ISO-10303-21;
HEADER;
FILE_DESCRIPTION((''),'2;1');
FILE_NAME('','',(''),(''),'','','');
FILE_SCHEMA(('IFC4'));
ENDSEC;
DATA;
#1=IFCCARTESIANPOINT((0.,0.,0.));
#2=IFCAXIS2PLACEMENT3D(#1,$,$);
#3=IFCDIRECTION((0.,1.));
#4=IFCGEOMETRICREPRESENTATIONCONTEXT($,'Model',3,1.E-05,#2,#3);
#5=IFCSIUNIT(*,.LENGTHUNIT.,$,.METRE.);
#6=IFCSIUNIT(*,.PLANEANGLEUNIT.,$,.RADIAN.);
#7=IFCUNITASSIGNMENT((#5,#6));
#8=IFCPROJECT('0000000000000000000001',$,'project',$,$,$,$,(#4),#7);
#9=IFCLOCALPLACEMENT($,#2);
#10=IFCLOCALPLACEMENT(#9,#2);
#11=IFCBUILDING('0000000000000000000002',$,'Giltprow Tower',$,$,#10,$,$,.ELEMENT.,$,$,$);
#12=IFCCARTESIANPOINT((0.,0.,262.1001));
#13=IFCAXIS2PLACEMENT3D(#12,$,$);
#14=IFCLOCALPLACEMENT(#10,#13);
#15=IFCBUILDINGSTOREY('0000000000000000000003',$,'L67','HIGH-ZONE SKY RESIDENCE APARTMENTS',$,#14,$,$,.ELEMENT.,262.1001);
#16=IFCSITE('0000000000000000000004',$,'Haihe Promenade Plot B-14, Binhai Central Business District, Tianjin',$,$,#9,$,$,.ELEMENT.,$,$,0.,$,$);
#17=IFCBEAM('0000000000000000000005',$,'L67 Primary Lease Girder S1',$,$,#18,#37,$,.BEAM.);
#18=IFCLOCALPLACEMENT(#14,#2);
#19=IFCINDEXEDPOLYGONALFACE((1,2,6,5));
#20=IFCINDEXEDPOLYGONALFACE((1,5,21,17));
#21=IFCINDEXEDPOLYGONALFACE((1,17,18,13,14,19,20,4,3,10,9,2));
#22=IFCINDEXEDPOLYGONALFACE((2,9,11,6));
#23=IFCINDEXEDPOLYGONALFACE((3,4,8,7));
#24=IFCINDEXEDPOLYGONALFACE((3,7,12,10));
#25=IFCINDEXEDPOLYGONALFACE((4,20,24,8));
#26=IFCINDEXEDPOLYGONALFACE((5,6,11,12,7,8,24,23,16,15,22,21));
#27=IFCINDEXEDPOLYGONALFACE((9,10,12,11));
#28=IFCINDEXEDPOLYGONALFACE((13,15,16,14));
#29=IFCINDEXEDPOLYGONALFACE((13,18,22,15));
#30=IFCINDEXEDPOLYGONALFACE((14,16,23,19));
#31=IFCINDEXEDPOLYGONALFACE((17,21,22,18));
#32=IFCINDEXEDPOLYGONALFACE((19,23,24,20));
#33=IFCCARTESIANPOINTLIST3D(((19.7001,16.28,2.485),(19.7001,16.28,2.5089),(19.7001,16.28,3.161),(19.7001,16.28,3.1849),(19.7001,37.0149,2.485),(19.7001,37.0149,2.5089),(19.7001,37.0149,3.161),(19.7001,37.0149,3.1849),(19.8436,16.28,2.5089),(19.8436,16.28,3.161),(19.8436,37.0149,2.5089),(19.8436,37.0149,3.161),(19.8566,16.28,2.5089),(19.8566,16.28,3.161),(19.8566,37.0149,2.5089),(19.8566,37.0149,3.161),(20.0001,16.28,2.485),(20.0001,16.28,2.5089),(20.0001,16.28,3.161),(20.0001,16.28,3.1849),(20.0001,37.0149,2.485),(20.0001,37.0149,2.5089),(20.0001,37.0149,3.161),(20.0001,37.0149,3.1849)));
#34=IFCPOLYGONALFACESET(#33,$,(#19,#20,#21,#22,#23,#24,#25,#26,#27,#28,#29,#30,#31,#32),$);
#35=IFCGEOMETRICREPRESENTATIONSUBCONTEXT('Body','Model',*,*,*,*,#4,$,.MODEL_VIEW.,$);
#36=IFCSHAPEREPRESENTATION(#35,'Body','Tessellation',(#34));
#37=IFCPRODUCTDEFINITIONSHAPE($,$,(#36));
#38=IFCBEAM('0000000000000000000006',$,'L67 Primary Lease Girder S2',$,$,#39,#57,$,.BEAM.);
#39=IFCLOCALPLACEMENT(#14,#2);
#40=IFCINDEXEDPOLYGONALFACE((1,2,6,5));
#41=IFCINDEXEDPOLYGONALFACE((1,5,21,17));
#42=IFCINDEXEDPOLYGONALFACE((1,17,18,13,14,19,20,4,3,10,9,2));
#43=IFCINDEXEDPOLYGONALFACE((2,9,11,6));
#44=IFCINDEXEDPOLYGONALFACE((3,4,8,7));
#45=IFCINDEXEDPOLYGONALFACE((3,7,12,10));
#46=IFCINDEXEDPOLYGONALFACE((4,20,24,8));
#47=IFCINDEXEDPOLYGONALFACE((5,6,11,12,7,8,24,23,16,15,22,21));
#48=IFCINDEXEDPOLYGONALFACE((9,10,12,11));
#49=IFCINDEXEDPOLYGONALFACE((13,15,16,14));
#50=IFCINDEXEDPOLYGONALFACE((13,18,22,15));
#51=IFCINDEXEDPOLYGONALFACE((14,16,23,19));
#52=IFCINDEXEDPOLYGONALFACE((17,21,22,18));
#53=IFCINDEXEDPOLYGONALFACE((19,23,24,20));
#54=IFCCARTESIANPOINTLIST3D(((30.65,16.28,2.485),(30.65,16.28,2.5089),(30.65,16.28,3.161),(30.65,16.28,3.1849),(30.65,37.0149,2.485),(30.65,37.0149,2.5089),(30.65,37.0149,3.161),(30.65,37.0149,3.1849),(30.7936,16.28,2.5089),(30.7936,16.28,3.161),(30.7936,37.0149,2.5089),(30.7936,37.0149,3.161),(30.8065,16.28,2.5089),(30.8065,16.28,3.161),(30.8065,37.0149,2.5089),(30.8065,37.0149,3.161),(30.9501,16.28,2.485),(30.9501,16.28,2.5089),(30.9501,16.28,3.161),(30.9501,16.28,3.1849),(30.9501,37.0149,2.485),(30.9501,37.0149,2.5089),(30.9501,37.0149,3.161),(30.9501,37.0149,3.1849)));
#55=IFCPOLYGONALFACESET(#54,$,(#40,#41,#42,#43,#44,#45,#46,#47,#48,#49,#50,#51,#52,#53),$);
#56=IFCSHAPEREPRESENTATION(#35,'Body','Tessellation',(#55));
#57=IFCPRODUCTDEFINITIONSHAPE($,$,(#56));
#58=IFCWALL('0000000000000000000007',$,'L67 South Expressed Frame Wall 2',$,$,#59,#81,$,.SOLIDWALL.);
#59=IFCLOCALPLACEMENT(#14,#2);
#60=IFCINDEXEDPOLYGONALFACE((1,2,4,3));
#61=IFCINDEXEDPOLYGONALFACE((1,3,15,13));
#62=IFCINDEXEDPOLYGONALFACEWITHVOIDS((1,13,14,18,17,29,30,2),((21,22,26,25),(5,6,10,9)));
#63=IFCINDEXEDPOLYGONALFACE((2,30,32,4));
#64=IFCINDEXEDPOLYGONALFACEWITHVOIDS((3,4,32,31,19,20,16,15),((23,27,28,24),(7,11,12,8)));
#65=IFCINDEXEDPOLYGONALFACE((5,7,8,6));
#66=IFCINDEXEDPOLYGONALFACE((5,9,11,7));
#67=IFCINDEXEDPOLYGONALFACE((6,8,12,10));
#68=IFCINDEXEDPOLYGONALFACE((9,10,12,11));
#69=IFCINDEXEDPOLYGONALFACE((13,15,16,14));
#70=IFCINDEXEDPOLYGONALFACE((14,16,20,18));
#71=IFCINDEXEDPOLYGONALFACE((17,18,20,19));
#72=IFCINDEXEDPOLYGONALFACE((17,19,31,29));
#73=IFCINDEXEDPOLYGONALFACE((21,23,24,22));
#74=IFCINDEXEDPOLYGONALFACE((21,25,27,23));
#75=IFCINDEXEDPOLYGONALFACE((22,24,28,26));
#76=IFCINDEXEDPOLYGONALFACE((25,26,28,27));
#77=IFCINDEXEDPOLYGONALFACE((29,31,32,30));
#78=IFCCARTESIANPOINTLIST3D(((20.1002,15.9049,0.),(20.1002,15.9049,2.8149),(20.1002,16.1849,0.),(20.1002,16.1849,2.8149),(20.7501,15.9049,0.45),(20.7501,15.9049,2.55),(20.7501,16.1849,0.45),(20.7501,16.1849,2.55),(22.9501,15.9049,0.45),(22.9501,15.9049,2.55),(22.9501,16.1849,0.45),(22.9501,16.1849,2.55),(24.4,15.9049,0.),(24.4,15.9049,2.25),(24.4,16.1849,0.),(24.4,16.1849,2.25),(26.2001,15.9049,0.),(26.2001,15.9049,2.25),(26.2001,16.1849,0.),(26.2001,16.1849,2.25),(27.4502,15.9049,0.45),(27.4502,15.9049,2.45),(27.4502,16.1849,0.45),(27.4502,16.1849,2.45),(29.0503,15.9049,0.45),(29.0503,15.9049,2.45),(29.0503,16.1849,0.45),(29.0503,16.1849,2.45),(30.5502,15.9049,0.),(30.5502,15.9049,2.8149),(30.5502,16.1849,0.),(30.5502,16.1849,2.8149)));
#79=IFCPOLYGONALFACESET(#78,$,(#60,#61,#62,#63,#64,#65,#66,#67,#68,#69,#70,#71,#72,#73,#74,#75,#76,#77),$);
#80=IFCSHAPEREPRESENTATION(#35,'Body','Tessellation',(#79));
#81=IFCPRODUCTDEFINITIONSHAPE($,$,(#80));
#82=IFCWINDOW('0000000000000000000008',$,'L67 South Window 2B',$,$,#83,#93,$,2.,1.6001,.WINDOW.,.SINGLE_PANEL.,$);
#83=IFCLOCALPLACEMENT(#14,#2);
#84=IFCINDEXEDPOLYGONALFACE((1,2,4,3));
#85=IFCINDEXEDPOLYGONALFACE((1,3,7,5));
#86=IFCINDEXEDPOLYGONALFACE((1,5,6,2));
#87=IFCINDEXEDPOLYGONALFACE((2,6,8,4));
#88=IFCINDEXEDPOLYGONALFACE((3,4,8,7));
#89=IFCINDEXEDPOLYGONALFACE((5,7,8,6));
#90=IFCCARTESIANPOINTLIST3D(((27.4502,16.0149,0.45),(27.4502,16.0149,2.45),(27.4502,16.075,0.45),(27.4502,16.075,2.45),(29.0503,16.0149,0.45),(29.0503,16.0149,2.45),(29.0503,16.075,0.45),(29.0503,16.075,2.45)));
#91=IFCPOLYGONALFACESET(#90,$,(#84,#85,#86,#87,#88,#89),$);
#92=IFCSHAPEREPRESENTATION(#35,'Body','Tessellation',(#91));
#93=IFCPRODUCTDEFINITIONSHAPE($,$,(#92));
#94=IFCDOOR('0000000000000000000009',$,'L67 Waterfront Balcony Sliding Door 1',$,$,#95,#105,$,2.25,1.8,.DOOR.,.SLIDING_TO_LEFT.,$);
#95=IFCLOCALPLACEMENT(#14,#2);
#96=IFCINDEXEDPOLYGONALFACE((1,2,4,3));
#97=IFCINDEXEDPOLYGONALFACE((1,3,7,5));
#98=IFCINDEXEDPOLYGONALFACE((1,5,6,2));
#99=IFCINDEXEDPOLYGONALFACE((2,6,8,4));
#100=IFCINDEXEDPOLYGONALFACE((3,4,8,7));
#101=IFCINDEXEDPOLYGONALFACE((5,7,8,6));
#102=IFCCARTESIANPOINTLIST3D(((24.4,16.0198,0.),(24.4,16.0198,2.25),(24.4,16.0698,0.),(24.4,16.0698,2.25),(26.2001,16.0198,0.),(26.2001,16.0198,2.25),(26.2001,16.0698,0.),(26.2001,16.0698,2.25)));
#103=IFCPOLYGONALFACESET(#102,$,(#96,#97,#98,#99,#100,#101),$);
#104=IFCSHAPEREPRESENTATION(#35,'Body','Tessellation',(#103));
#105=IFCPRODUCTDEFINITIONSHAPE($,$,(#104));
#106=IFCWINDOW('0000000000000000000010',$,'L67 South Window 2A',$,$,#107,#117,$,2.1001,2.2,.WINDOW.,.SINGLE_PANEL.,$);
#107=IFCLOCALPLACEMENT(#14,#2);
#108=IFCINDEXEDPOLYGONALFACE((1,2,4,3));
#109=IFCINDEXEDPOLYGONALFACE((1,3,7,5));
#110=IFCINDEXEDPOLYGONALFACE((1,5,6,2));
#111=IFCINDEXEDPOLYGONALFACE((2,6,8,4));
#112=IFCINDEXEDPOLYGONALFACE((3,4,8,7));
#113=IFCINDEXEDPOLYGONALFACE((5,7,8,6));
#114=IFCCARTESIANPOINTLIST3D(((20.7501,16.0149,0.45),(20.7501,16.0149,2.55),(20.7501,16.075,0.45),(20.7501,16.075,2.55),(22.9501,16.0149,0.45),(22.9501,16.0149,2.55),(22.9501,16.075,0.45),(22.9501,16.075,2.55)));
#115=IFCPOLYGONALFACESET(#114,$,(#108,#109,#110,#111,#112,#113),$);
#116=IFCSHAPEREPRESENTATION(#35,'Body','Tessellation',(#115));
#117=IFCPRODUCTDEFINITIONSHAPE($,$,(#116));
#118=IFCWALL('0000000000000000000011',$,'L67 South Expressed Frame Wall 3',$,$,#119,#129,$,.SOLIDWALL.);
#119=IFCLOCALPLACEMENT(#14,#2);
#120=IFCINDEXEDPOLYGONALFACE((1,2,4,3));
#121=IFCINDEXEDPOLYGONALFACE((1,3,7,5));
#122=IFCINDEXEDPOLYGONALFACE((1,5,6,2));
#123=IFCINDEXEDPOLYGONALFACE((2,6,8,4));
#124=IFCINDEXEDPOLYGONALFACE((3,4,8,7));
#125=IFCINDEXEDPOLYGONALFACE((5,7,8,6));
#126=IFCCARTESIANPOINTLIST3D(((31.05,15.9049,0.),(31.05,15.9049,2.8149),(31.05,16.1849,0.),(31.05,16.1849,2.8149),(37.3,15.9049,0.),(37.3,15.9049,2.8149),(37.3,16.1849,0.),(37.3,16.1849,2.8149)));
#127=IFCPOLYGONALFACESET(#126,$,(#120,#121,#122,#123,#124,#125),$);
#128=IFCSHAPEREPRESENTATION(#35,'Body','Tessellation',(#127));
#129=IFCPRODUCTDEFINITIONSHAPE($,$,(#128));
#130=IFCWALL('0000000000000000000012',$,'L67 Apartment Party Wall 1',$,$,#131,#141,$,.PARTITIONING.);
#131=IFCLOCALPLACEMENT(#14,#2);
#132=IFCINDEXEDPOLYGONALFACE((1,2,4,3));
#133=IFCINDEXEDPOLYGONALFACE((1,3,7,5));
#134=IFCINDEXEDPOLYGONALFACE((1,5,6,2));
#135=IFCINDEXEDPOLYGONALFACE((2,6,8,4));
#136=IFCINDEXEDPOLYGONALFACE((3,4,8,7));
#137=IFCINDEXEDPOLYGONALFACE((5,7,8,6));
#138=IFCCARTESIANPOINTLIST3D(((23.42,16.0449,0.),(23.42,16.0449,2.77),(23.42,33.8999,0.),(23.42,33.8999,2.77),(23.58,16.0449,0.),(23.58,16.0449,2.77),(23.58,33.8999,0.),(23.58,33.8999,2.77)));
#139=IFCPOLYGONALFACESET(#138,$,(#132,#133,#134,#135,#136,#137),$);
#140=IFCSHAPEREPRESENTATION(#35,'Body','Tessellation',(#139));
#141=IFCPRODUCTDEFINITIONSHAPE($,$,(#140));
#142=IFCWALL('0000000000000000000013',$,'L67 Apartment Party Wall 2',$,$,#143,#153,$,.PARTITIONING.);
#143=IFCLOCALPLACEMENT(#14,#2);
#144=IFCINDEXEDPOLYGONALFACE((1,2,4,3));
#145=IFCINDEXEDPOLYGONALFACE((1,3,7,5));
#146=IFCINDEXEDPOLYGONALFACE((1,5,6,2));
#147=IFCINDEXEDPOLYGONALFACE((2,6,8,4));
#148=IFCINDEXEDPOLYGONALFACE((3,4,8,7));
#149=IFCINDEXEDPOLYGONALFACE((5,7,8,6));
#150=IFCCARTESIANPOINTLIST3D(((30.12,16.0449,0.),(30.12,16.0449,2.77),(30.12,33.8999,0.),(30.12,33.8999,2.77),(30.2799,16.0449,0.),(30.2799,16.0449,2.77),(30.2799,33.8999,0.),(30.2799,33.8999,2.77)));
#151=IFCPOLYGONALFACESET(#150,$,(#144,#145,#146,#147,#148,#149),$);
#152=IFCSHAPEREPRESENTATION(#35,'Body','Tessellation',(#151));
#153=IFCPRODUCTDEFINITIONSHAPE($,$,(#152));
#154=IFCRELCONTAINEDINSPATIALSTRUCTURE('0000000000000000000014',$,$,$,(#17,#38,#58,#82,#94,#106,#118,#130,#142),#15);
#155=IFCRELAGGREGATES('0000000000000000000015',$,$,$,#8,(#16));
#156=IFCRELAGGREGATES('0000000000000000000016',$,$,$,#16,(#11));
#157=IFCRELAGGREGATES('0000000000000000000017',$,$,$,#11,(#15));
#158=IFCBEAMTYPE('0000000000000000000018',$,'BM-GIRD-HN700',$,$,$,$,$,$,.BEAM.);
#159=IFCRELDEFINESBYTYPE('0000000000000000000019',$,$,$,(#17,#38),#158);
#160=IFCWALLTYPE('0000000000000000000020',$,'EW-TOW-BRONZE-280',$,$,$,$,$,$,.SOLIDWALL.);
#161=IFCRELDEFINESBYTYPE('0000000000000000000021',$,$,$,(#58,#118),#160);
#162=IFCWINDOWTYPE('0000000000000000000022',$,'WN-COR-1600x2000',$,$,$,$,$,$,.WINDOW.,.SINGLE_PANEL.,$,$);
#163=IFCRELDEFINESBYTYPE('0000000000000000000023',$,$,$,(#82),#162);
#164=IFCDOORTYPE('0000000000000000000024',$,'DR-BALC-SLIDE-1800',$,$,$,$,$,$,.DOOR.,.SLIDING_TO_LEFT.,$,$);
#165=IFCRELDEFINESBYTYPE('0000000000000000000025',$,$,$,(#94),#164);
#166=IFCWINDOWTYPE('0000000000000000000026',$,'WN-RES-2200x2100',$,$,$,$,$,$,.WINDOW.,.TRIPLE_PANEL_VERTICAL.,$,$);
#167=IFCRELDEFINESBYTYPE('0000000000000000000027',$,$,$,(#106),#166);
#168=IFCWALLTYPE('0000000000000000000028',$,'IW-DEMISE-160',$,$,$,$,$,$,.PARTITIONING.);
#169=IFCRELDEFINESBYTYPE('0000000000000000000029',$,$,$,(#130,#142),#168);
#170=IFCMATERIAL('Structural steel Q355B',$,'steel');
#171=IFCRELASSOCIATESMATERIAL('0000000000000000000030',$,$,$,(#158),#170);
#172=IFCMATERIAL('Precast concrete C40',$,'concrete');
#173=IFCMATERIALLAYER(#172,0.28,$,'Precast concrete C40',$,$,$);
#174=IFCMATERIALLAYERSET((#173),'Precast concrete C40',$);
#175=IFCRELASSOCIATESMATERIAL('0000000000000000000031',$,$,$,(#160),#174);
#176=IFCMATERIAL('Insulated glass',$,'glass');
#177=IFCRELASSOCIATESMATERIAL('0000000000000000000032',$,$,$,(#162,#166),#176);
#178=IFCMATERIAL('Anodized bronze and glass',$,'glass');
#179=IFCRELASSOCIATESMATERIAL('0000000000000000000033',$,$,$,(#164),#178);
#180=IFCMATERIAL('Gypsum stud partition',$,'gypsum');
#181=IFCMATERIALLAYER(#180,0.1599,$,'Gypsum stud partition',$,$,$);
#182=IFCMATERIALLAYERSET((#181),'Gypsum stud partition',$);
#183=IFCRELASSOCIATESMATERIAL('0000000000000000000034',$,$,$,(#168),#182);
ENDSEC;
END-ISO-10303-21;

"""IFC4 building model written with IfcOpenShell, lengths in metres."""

from ifc_helpers import new_model, si_unit, direction, frame, frame_2d, origin, origin_2d, place, context, subcontext, project, spatial, rectangle, i_section, extrude, source, transform, mapped, material, layer, layer_set, material_profile, profile_set, type_object, element, fill, save


model = new_model("IFC4")

# Units and contexts
model_context = context("Model", 3, precision=1e-05, world=origin(), true_north=direction((0.0, 1.0)))
body_context = subcontext(model_context, "Body", "Model", "MODEL_VIEW")
ifc_project = project(units=[si_unit("LENGTHUNIT", "METRE"), si_unit("PLANEANGLEUNIT", "RADIAN")], contexts=[model_context])

# Site, building, storey
site_placement = place(None, origin())
site = spatial("IfcSite", under=ifc_project, at=site_placement, Name="Haihe Promenade Plot B-14, Binhai Central Business District, Tianjin", CompositionType="ELEMENT", RefElevation=0.0)
building_placement = place(site_placement, origin())
building = spatial("IfcBuilding", under=site, at=building_placement, Name="Giltprow Tower", CompositionType="ELEMENT")
storey_placement = place(building_placement, frame((0.0, 0.0, 262.1001)))
storey = spatial("IfcBuildingStorey", under=building, at=storey_placement, Name="L67", Description="HIGH-ZONE SKY RESIDENCE APARTMENTS", CompositionType="ELEMENT", Elevation=262.1001)

# Shared definitions
ifc_material_1 = material(Name="Structural steel Q355B", Category="steel")

# Beams
ifc_material_profile_1 = material_profile(ifc_material_1, i_section(OverallWidth=0.3, OverallDepth=0.7, WebThickness=0.0129, FlangeThickness=0.0239, at=origin_2d()), Name="HN 700x300x13x24")
ifc_profile_set_1 = profile_set([ifc_material_profile_1], Name="Structural steel Q355B")
beam_type_1 = type_object("IfcBeamType", Name="BM-GIRD-HN700", PredefinedType="BEAM", material=ifc_profile_set_1)
shared_shape_1 = source(origin(), body_context, "Body", "SweptSolid", [
    extrude(i_section(OverallWidth=0.3, OverallDepth=0.7, WebThickness=0.0129, FlangeThickness=0.0239, at=origin_2d()), origin(), (0.0, 0.0, 1.0), 20.7349),
])
for number, where, z_axis, x_axis, name in (
    (1, (19.8501, 16.28, 2.835), (0.0, 1.0, 0.0), (-1.0, 0.0, 0.0), "L67 Primary Lease Girder S1"),
    (2, (30.8, 16.28, 2.835), (0.0, 1.0, 0.0), (-1.0, 0.0, 0.0), "L67 Primary Lease Girder S2"),
):
    element("IfcBeam", number, at=place(storey_placement, frame(where, z_axis=z_axis, x_axis=x_axis)), inside=storey, type_object=beam_type_1, Name=name, PredefinedType="BEAM", context=body_context, shape_type="MappedRepresentation", body=[
        mapped(shared_shape_1, transform((0.0, 0.0, 0.0), x_axis=(1.0, 0.0, 0.0), y_axis=(0.0, 1.0, 0.0), z_axis=(0.0, 0.0, 1.0), scale=1.0)),
    ])

# Wall, openings, windows, door
ifc_material_2 = material(Name="Precast concrete C40", Category="concrete")
ifc_layer_1 = layer(ifc_material_2, 0.28, Name="Precast concrete C40")
ifc_layer_set_1 = layer_set([ifc_layer_1], Name="Precast concrete C40")
wall_type_1 = type_object("IfcWallType", Name="EW-TOW-BRONZE-280", PredefinedType="SOLIDWALL", material=ifc_layer_set_1)
wall_1_placement = place(storey_placement, frame((20.1001, 16.0449, 0.0), z_axis=(0.0, 0.0, 1.0), x_axis=(1.0, 0.0, 0.0)))
wall_1 = element("IfcWall", 3, at=wall_1_placement, inside=storey, type_object=wall_type_1, Name="L67 South Expressed Frame Wall 2", PredefinedType="SOLIDWALL", context=body_context, shape_type="SweptSolid", body=[
    extrude(rectangle(XDim=10.45, YDim=0.28, at=frame_2d((5.2251, 0.0))), origin(), (0.0, 0.0, 1.0), 2.8149),
])
opening_1_placement = place(wall_1_placement, frame((4.3, 0.0, 0.0)))
opening_1 = element("IfcOpeningElement", 4, at=opening_1_placement, cuts=wall_1, PredefinedType="OPENING", context=body_context, shape_type="SweptSolid", body=[
    extrude(rectangle(XDim=1.8, YDim=2.25, at=frame_2d((0.8999, 1.125))), frame((0.0, 0.1499, 0.0), z_axis=(0.0, -1.0, 0.0), x_axis=(1.0, 0.0, 0.0)), (0.0, 0.0, 1.0), 0.3),
])
opening_2_placement = place(wall_1_placement, frame((0.6499, 0.0, 0.45)))
opening_2 = element("IfcOpeningElement", 5, at=opening_2_placement, cuts=wall_1, PredefinedType="OPENING", context=body_context, shape_type="SweptSolid", body=[
    extrude(rectangle(XDim=2.2, YDim=2.1001, at=frame_2d((1.1001, 1.05))), frame((0.0, 0.1499, 0.0), z_axis=(0.0, -1.0, 0.0), x_axis=(1.0, 0.0, 0.0)), (0.0, 0.0, 1.0), 0.3),
])
opening_3_placement = place(wall_1_placement, frame((7.3501, 0.0, 0.45)))
opening_3 = element("IfcOpeningElement", 6, at=opening_3_placement, cuts=wall_1, PredefinedType="OPENING", context=body_context, shape_type="SweptSolid", body=[
    extrude(rectangle(XDim=1.6001, YDim=2.0, at=frame_2d((0.8, 1.0))), frame((0.0, 0.1499, 0.0), z_axis=(0.0, -1.0, 0.0), x_axis=(1.0, 0.0, 0.0)), (0.0, 0.0, 1.0), 0.3),
])
ifc_material_3 = material(Name="Insulated glass", Category="glass")
window_type_1 = type_object("IfcWindowType", Name="WN-COR-1600x2000", PartitioningType="SINGLE_PANEL", PredefinedType="WINDOW", material=ifc_material_3)
shared_shape_2 = source(origin(), body_context, "Body", "SweptSolid", [
    extrude(rectangle(XDim=1.6001, YDim=2.0, at=frame_2d((0.8, 1.0))), frame((0.0, 0.03, 0.0), z_axis=(0.0, -1.0, 0.0), x_axis=(1.0, 0.0, 0.0)), (0.0, 0.0, 1.0), 0.0601),
])
window_1_placement = place(opening_3_placement, origin())
window_1 = element("IfcWindow", 7, at=window_1_placement, inside=storey, type_object=window_type_1, Name="L67 South Window 2B", OverallHeight=2.0, OverallWidth=1.6001, PartitioningType="SINGLE_PANEL", PredefinedType="WINDOW", context=body_context, shape_type="MappedRepresentation", body=[
    mapped(shared_shape_2, transform((0.0, 0.0, 0.0), x_axis=(1.0, 0.0, 0.0), y_axis=(0.0, 1.0, 0.0), z_axis=(0.0, 0.0, 1.0), scale=1.0)),
])
fill(opening_3, window_1)
ifc_material_4 = material(Name="Anodized bronze and glass", Category="glass")
door_type_1 = type_object("IfcDoorType", Name="DR-BALC-SLIDE-1800", OperationType="SLIDING_TO_LEFT", PredefinedType="DOOR", material=ifc_material_4)
shared_shape_3 = source(origin(), body_context, "Body", "SweptSolid", [
    extrude(rectangle(XDim=1.8, YDim=2.25, at=frame_2d((0.8999, 1.125))), frame((0.0, 0.0249, 0.0), z_axis=(0.0, -1.0, 0.0), x_axis=(1.0, 0.0, 0.0)), (0.0, 0.0, 1.0), 0.05),
])
door_1_placement = place(opening_1_placement, origin())
door_1 = element("IfcDoor", 8, at=door_1_placement, inside=storey, type_object=door_type_1, Name="L67 Waterfront Balcony Sliding Door 1", OperationType="SLIDING_TO_LEFT", OverallHeight=2.25, OverallWidth=1.8, PredefinedType="DOOR", context=body_context, shape_type="MappedRepresentation", body=[
    mapped(shared_shape_3, transform((0.0, 0.0, 0.0), x_axis=(1.0, 0.0, 0.0), y_axis=(0.0, 1.0, 0.0), z_axis=(0.0, 0.0, 1.0), scale=1.0)),
])
fill(opening_1, door_1)
window_type_2 = type_object("IfcWindowType", Name="WN-RES-2200x2100", PartitioningType="TRIPLE_PANEL_VERTICAL", PredefinedType="WINDOW", material=ifc_material_3)
shared_shape_4 = source(origin(), body_context, "Body", "SweptSolid", [
    extrude(rectangle(XDim=2.2, YDim=2.1001, at=frame_2d((1.1001, 1.05))), frame((0.0, 0.03, 0.0), z_axis=(0.0, -1.0, 0.0), x_axis=(1.0, 0.0, 0.0)), (0.0, 0.0, 1.0), 0.0601),
])
window_2_placement = place(opening_2_placement, origin())
window_2 = element("IfcWindow", 9, at=window_2_placement, inside=storey, type_object=window_type_2, Name="L67 South Window 2A", OverallHeight=2.1001, OverallWidth=2.2, PartitioningType="SINGLE_PANEL", PredefinedType="WINDOW", context=body_context, shape_type="MappedRepresentation", body=[
    mapped(shared_shape_4, transform((0.0, 0.0, 0.0), x_axis=(1.0, 0.0, 0.0), y_axis=(0.0, 1.0, 0.0), z_axis=(0.0, 0.0, 1.0), scale=1.0)),
])
fill(opening_2, window_2)

# Walls
wall_2_placement = place(storey_placement, frame((31.05, 16.0449, 0.0), z_axis=(0.0, 0.0, 1.0), x_axis=(1.0, 0.0, 0.0)))
element("IfcWall", 10, at=wall_2_placement, inside=storey, type_object=wall_type_1, Name="L67 South Expressed Frame Wall 3", PredefinedType="SOLIDWALL", context=body_context, shape_type="SweptSolid", body=[
    extrude(rectangle(XDim=6.25, YDim=0.28, at=frame_2d((3.125, 0.0))), origin(), (0.0, 0.0, 1.0), 2.8149),
])
ifc_material_5 = material(Name="Gypsum stud partition", Category="gypsum")
ifc_layer_2 = layer(ifc_material_5, 0.1599, Name="Gypsum stud partition")
ifc_layer_set_2 = layer_set([ifc_layer_2], Name="Gypsum stud partition")
wall_type_2 = type_object("IfcWallType", Name="IW-DEMISE-160", PredefinedType="PARTITIONING", material=ifc_layer_set_2)
for number, where, z_axis, x_axis, name in (
    (11, (23.5, 16.0449, 0.0), (0.0, 0.0, 1.0), (0.0, 1.0, 0.0), "L67 Apartment Party Wall 1"),
    (12, (30.2, 16.0449, 0.0), (0.0, 0.0, 1.0), (0.0, 1.0, 0.0), "L67 Apartment Party Wall 2"),
):
    element("IfcWall", number, at=place(storey_placement, frame(where, z_axis=z_axis, x_axis=x_axis)), inside=storey, type_object=wall_type_2, Name=name, PredefinedType="PARTITIONING", context=body_context, shape_type="SweptSolid", body=[
        extrude(rectangle(XDim=17.855, YDim=0.1599, at=frame_2d((8.9275, 0.0))), origin(), (0.0, 0.0, 1.0), 2.77),
    ])

save(model, "model.ifc")
